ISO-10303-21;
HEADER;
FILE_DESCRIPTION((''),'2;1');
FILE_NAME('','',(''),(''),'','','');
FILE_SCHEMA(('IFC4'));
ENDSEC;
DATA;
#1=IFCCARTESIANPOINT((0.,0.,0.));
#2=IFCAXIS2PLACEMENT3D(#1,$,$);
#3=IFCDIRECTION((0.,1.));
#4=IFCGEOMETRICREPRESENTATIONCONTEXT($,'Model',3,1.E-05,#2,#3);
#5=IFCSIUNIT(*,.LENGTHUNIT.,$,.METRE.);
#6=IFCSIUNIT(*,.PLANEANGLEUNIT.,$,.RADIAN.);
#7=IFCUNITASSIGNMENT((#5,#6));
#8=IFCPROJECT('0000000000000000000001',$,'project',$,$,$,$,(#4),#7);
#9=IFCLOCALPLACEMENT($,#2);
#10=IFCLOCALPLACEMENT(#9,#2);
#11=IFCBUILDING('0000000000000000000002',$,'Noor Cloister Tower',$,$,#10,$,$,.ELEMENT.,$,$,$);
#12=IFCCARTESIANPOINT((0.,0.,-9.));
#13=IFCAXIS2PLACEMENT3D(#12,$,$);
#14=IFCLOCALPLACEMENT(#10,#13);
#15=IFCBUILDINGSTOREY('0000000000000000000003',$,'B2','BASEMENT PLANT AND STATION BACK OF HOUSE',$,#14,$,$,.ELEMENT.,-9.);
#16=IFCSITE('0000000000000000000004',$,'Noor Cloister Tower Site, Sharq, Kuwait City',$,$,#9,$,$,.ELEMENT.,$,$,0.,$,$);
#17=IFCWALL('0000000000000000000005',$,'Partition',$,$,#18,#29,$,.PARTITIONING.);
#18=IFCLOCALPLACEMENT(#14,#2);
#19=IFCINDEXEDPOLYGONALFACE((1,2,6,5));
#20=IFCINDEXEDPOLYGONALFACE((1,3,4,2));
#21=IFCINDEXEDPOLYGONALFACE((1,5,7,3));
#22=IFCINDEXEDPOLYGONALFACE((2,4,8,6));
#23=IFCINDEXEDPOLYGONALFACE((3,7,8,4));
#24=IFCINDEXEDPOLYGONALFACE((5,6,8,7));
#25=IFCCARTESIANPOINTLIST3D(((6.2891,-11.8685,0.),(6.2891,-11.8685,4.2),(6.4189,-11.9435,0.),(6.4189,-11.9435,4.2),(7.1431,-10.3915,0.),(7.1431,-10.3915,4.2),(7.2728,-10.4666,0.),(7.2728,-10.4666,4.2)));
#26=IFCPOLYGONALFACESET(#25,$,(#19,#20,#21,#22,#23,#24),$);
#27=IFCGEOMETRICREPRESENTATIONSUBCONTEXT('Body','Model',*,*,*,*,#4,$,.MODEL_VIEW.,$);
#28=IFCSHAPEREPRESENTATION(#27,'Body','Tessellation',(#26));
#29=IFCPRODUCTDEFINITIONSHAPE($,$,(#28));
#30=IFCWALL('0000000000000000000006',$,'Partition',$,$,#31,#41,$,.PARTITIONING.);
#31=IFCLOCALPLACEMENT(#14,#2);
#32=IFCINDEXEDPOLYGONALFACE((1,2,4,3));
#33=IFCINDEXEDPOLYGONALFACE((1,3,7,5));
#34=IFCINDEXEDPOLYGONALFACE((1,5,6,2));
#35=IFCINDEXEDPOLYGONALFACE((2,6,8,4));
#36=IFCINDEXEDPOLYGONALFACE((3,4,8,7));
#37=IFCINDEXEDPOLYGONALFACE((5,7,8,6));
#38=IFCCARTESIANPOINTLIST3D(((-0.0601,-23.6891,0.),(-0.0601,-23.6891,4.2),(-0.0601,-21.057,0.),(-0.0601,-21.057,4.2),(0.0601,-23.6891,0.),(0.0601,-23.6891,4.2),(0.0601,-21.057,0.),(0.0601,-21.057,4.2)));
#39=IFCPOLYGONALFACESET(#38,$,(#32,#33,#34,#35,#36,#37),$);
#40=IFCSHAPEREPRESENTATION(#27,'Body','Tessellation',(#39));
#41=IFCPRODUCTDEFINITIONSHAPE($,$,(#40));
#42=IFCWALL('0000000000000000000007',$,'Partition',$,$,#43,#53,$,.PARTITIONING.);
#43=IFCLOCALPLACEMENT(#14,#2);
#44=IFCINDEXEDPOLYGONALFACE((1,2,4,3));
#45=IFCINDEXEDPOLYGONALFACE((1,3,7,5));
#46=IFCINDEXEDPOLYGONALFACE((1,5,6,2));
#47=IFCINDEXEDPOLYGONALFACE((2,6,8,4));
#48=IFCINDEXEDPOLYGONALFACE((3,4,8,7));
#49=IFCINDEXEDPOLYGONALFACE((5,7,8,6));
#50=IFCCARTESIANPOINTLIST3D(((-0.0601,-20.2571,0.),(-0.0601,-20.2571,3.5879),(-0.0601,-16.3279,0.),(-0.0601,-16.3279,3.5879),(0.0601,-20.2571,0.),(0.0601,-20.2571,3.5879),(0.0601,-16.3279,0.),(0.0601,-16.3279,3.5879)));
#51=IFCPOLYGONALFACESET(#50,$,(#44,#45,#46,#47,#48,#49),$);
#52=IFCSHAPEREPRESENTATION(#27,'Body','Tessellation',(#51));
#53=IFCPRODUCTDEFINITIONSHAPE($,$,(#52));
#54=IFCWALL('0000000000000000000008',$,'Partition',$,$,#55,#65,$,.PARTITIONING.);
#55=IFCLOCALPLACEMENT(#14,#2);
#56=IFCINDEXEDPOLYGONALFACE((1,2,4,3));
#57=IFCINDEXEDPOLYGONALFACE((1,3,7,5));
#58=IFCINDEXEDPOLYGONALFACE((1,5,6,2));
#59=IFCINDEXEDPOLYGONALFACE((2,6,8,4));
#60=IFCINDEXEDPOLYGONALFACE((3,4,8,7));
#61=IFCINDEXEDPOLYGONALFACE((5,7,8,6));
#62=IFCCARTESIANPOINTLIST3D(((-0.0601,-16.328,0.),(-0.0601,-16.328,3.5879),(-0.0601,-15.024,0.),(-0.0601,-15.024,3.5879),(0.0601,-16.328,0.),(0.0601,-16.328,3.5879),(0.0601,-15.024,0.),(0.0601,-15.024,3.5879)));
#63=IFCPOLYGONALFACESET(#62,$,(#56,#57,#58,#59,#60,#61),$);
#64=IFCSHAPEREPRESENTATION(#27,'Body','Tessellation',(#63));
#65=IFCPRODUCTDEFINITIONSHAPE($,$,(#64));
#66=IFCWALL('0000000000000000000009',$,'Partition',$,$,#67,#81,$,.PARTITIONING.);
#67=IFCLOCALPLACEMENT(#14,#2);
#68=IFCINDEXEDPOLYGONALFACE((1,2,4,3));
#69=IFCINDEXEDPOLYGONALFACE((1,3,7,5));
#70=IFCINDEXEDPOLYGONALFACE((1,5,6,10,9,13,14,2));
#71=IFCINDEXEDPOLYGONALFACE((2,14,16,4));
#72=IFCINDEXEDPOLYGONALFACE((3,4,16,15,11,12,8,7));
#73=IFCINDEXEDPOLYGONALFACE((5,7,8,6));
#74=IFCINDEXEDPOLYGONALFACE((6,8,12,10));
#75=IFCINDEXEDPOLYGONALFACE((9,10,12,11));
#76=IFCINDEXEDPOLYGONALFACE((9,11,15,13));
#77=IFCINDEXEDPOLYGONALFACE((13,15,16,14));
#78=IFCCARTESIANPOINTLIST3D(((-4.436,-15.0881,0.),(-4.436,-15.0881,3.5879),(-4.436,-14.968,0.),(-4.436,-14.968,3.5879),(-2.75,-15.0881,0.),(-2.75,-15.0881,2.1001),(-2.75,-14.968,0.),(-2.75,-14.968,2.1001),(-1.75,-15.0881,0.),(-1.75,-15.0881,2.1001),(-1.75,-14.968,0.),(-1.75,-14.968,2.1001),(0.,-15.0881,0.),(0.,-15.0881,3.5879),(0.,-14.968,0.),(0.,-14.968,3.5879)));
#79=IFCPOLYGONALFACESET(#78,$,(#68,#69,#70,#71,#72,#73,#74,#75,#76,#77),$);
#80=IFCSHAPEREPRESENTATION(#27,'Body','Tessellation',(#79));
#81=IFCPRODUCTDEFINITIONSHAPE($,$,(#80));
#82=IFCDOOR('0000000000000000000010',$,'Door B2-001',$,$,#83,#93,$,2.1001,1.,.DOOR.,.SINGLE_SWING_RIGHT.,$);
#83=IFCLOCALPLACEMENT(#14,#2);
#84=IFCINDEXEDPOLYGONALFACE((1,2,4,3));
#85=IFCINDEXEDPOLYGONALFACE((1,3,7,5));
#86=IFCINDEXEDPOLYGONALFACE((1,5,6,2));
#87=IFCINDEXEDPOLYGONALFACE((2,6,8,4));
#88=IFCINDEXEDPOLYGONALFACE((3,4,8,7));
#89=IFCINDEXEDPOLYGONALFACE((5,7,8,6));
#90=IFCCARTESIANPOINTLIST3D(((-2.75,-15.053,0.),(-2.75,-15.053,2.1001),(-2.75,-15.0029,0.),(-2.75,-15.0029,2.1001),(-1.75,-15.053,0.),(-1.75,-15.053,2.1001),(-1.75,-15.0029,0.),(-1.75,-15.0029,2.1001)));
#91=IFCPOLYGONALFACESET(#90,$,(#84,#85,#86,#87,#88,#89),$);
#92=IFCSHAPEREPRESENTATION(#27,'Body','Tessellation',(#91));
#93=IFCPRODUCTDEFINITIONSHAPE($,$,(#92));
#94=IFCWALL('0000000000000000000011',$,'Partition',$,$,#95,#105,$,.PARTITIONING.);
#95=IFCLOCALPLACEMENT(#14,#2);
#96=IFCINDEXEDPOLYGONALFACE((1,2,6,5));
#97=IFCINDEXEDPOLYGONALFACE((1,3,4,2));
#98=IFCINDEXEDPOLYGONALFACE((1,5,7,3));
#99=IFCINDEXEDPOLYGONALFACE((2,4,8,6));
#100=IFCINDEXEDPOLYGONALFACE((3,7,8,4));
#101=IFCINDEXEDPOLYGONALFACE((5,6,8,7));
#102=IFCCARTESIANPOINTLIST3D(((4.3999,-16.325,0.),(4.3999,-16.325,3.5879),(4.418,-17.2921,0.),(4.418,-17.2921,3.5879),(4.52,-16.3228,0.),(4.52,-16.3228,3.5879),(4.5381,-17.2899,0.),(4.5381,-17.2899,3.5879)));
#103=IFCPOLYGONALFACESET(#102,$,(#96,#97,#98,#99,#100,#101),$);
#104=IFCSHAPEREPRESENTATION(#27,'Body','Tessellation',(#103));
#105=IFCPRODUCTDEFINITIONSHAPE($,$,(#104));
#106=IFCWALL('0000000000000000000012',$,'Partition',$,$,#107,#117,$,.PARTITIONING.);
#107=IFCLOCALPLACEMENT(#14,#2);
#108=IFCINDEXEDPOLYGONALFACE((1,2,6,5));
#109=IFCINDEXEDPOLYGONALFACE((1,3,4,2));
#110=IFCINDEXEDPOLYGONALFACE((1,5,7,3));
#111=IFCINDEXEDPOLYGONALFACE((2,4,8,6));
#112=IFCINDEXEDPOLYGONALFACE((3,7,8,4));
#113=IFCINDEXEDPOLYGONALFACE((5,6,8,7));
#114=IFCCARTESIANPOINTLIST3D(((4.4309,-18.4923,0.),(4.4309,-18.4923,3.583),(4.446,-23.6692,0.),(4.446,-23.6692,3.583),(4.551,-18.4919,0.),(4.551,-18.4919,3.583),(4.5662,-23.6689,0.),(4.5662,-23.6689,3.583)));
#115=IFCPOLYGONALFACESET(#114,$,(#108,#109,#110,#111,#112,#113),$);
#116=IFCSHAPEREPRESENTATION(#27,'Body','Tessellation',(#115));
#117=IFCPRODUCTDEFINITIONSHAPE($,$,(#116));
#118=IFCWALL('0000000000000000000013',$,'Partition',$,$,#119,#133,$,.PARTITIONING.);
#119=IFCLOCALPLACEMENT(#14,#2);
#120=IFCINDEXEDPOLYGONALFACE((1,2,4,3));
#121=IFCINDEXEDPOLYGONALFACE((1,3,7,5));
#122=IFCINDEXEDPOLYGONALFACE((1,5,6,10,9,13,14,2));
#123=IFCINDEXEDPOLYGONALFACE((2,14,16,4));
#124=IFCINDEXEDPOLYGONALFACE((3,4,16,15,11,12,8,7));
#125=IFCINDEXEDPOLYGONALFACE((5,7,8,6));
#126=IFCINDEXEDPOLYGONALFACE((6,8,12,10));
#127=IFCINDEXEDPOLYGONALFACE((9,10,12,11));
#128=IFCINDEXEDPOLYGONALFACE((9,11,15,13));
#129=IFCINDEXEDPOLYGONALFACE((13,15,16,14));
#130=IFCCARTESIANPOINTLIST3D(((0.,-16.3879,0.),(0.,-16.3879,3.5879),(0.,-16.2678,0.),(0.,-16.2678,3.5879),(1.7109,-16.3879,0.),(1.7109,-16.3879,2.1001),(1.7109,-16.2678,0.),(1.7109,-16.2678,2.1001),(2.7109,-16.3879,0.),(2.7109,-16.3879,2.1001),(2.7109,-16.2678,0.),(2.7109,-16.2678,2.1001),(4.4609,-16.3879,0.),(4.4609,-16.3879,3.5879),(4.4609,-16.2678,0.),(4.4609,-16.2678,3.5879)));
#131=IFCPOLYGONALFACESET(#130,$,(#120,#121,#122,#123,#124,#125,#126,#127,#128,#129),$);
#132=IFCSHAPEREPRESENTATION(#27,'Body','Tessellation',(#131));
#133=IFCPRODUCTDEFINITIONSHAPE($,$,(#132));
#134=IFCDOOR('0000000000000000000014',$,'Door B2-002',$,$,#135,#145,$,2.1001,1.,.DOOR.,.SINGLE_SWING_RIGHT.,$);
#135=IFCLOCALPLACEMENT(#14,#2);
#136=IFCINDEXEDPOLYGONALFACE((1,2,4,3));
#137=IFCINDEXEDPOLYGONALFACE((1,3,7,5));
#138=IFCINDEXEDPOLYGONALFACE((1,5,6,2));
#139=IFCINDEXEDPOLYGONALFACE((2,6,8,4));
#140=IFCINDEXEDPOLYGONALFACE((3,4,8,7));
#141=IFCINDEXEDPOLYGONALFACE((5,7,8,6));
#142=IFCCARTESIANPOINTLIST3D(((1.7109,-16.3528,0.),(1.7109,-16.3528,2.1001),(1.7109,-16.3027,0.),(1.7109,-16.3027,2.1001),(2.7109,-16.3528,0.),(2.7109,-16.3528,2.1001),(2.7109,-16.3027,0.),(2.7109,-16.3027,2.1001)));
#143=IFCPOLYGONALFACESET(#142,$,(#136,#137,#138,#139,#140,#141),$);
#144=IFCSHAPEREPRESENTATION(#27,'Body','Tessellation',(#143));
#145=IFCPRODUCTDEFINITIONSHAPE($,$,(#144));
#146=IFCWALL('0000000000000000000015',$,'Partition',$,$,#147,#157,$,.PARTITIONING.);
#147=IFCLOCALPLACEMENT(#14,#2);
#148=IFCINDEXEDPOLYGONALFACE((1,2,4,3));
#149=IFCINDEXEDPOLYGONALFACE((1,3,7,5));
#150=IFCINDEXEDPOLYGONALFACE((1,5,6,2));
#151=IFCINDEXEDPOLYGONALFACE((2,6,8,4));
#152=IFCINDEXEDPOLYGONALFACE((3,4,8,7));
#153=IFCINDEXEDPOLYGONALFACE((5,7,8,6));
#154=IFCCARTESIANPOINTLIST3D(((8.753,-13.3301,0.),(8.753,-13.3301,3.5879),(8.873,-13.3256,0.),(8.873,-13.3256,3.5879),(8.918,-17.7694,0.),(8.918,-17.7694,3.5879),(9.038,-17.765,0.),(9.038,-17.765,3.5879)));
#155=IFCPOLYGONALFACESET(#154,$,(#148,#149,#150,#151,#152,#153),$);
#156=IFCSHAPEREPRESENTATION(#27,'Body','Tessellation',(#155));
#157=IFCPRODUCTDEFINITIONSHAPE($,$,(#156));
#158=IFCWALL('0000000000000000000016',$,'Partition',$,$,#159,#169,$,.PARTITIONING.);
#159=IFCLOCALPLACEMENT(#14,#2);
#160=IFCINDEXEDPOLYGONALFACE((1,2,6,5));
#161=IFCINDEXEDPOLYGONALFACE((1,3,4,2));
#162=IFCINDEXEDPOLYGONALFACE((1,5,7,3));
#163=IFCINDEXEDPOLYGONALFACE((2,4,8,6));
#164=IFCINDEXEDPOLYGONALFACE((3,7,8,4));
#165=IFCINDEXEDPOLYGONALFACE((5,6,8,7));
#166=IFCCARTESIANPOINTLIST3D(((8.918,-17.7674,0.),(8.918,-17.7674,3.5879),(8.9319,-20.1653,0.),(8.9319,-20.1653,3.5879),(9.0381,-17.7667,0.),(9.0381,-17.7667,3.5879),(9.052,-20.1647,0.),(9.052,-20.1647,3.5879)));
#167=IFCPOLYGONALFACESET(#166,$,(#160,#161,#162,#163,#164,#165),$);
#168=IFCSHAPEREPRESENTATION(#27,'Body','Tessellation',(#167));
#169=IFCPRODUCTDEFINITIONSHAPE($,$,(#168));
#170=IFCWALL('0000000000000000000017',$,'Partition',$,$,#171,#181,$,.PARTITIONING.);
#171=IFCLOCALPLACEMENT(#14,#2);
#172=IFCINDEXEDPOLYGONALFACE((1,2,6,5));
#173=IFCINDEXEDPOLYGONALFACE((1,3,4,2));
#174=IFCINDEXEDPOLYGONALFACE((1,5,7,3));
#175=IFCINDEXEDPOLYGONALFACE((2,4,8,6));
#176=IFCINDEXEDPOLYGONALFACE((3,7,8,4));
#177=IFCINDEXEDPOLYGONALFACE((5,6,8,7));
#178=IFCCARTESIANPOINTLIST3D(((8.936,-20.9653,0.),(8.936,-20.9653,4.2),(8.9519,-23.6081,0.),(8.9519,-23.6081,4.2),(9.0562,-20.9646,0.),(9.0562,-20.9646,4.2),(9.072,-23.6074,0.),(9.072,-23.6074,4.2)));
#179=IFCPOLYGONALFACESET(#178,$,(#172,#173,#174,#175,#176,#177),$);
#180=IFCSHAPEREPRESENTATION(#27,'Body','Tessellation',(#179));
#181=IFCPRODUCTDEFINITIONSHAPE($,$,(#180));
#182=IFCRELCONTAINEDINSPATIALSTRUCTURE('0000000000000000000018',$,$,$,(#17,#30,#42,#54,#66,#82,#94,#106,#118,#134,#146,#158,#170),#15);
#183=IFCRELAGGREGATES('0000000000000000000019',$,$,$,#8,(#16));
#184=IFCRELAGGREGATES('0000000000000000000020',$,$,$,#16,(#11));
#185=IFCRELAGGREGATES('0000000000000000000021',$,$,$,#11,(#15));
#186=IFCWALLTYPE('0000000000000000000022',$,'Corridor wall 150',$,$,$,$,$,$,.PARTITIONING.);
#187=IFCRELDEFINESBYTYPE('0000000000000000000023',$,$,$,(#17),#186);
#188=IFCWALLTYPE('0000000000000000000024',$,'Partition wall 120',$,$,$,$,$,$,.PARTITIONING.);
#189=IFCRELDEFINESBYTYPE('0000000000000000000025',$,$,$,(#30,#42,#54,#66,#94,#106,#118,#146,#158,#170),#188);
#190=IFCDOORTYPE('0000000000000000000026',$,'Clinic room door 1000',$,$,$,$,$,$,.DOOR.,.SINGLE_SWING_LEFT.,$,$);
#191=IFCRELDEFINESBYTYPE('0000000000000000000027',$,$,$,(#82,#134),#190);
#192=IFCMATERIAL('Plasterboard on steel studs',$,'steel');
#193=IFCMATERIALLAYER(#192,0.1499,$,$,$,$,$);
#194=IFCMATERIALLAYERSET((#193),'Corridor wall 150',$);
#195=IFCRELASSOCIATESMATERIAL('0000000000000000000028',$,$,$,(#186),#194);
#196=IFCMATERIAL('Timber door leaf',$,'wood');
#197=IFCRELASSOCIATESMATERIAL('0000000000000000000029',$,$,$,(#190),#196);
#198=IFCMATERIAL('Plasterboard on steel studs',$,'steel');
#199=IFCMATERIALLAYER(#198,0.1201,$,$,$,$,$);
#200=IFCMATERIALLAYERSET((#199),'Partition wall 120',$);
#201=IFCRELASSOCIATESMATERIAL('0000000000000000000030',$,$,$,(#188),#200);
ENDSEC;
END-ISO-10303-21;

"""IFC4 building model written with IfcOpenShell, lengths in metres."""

from ifc_helpers import new_model, si_unit, direction, frame, frame_2d, origin, place, context, subcontext, project, spatial, rectangle, extrude, material, layer, layer_set, type_object, element, fill, save


model = new_model("IFC4")

# Units and contexts
model_context = context("Model", 3, precision=1e-05, world=origin(), true_north=direction((0.0, 1.0)))
body_context = subcontext(model_context, "Body", "Model", "MODEL_VIEW")
ifc_project = project(units=[si_unit("LENGTHUNIT", "METRE"), si_unit("PLANEANGLEUNIT", "RADIAN")], contexts=[model_context])

# Site, building, storey
site_placement = place(None, origin())
site = spatial("IfcSite", under=ifc_project, at=site_placement, Name="Noor Cloister Tower Site, Sharq, Kuwait City", CompositionType="ELEMENT", RefElevation=0.0)
building_placement = place(site_placement, origin())
building = spatial("IfcBuilding", under=site, at=building_placement, Name="Noor Cloister Tower", CompositionType="ELEMENT")
storey_placement = place(building_placement, frame((0.0, 0.0, -9.0)))
storey = spatial("IfcBuildingStorey", under=building, at=storey_placement, Name="B2", Description="BASEMENT PLANT AND STATION BACK OF HOUSE", CompositionType="ELEMENT", Elevation=-9.0)

# Shared definitions
ifc_material_1 = material(Name="Plasterboard on steel studs", Category="steel")
ifc_layer_1 = layer(ifc_material_1, 0.1499)
ifc_layer_set_1 = layer_set([ifc_layer_1], Name="Corridor wall 150")
wall_type_1 = type_object("IfcWallType", Name="Corridor wall 150", PredefinedType="PARTITIONING", material=ifc_layer_set_1)
ifc_material_2 = material(Name="Timber door leaf", Category="wood")
door_type = type_object("IfcDoorType", Name="Clinic room door 1000", OperationType="SINGLE_SWING_LEFT", PredefinedType="DOOR", material=ifc_material_2)

# Walls
wall_1_placement = place(storey_placement, frame((6.354, -11.906, 0.0), z_axis=(0.0, 0.0, 1.0), x_axis=(0.50054, 0.865714, 0.0)))
element("IfcWall", 1, at=wall_1_placement, inside=storey, type_object=wall_type_1, Name="Partition", PredefinedType="PARTITIONING", context=body_context, shape_type="SweptSolid", body=[
    extrude(rectangle(XDim=1.7061, YDim=0.1499, at=frame_2d((0.853, 0.0))), origin(), (0.0, 0.0, 1.0), 4.2),
])
ifc_material_3 = material(Name="Plasterboard on steel studs", Category="steel")
ifc_layer_2 = layer(ifc_material_3, 0.1201)
ifc_layer_set_2 = layer_set([ifc_layer_2], Name="Partition wall 120")
wall_type_2 = type_object("IfcWallType", Name="Partition wall 120", PredefinedType="PARTITIONING", material=ifc_layer_set_2)
wall_2_placement = place(storey_placement, frame((0.0, -23.689, 0.0), z_axis=(0.0, 0.0, 1.0), x_axis=(0.0, 1.0, 0.0)))
element("IfcWall", 2, at=wall_2_placement, inside=storey, type_object=wall_type_2, Name="Partition", PredefinedType="PARTITIONING", context=body_context, shape_type="SweptSolid", body=[
    extrude(rectangle(XDim=2.6321, YDim=0.1201, at=frame_2d((1.3159, 0.0))), origin(), (0.0, 0.0, 1.0), 4.2),
])
wall_3_placement = place(storey_placement, frame((0.0, -20.2571, 0.0), z_axis=(0.0, 0.0, 1.0), x_axis=(0.0, 1.0, 0.0)))
element("IfcWall", 3, at=wall_3_placement, inside=storey, type_object=wall_type_2, Name="Partition", PredefinedType="PARTITIONING", context=body_context, shape_type="SweptSolid", body=[
    extrude(rectangle(XDim=3.9292, YDim=0.1201, at=frame_2d((1.9646, 0.0))), origin(), (0.0, 0.0, 1.0), 3.5879),
])
wall_4_placement = place(storey_placement, frame((0.0, -16.3279, 0.0), z_axis=(0.0, 0.0, 1.0), x_axis=(0.0, 1.0, 0.0)))
element("IfcWall", 4, at=wall_4_placement, inside=storey, type_object=wall_type_2, Name="Partition", PredefinedType="PARTITIONING", context=body_context, shape_type="SweptSolid", body=[
    extrude(rectangle(XDim=1.304, YDim=0.1201, at=frame_2d((0.6519, 0.0))), origin(), (0.0, 0.0, 1.0), 3.5879),
])

# Wall, opening, door
wall_5_placement = place(storey_placement, frame((0.0, -15.0281, 0.0), z_axis=(0.0, 0.0, 1.0), x_axis=(-1.0, 0.0, 0.0)))
wall_5 = element("IfcWall", 5, at=wall_5_placement, inside=storey, type_object=wall_type_2, Name="Partition", PredefinedType="PARTITIONING", context=body_context, shape_type="SweptSolid", body=[
    extrude(rectangle(XDim=4.436, YDim=0.1201, at=frame_2d((2.218, 0.0))), origin(), (0.0, 0.0, 1.0), 3.5879),
])
opening_1_placement = place(wall_5_placement, frame((1.75, 0.0, 0.0)))
opening_1 = element("IfcOpeningElement", 6, at=opening_1_placement, cuts=wall_5, PredefinedType="OPENING", context=body_context, shape_type="SweptSolid", body=[
    extrude(rectangle(XDim=1.0, YDim=2.1001, at=frame_2d((0.5, 1.05))), frame((0.0, 0.0701, 0.0), z_axis=(0.0, -1.0, 0.0), x_axis=(1.0, 0.0, 0.0)), (0.0, 0.0, 1.0), 0.1401),
])
door_1_placement = place(opening_1_placement, origin())
door_1 = element("IfcDoor", 7, at=door_1_placement, inside=storey, type_object=door_type, Name="Door B2-001", OperationType="SINGLE_SWING_RIGHT", OverallHeight=2.1001, OverallWidth=1.0, PredefinedType="DOOR", context=body_context, shape_type="SweptSolid", body=[
    extrude(rectangle(XDim=1.0, YDim=2.1001, at=frame_2d((0.5, 1.05))), frame((0.0, 0.0249, 0.0), z_axis=(0.0, -1.0, 0.0), x_axis=(1.0, 0.0, 0.0)), (0.0, 0.0, 1.0), 0.05),
])
fill(opening_1, door_1)

# Walls
wall_6_placement = place(storey_placement, frame((4.478, -17.291, 0.0), z_axis=(0.0, 0.0, 1.0), x_axis=(-0.018679, 0.999826, 0.0)))
element("IfcWall", 8, at=wall_6_placement, inside=storey, type_object=wall_type_2, Name="Partition", PredefinedType="PARTITIONING", context=body_context, shape_type="SweptSolid", body=[
    extrude(rectangle(XDim=0.9673, YDim=0.1201, at=frame_2d((0.4836, 0.0))), origin(), (0.0, 0.0, 1.0), 3.5879),
])
wall_7_placement = place(storey_placement, frame((4.5061, -23.6689, 0.0), z_axis=(0.0, 0.0, 1.0), x_axis=(-0.002924, 0.999996, 0.0)))
element("IfcWall", 9, at=wall_7_placement, inside=storey, type_object=wall_type_2, Name="Partition", PredefinedType="PARTITIONING", context=body_context, shape_type="SweptSolid", body=[
    extrude(rectangle(XDim=5.177, YDim=0.1201, at=frame_2d((2.5884, 0.0))), origin(), (0.0, 0.0, 1.0), 3.583),
])

# Wall, opening, door
wall_8_placement = place(storey_placement, frame((4.4609, -16.3279, 0.0), z_axis=(0.0, 0.0, 1.0), x_axis=(-1.0, 0.0, 0.0)))
wall_8 = element("IfcWall", 10, at=wall_8_placement, inside=storey, type_object=wall_type_2, Name="Partition", PredefinedType="PARTITIONING", context=body_context, shape_type="SweptSolid", body=[
    extrude(rectangle(XDim=4.4609, YDim=0.1201, at=frame_2d((2.2305, 0.0))), origin(), (0.0, 0.0, 1.0), 3.5879),
])
opening_2_placement = place(wall_8_placement, frame((1.75, 0.0, 0.0)))
opening_2 = element("IfcOpeningElement", 11, at=opening_2_placement, cuts=wall_8, PredefinedType="OPENING", context=body_context, shape_type="SweptSolid", body=[
    extrude(rectangle(XDim=1.0, YDim=2.1001, at=frame_2d((0.5, 1.05))), frame((0.0, 0.0701, 0.0), z_axis=(0.0, -1.0, 0.0), x_axis=(1.0, 0.0, 0.0)), (0.0, 0.0, 1.0), 0.1401),
])
door_2_placement = place(opening_2_placement, origin())
door_2 = element("IfcDoor", 12, at=door_2_placement, inside=storey, type_object=door_type, Name="Door B2-002", OperationType="SINGLE_SWING_RIGHT", OverallHeight=2.1001, OverallWidth=1.0, PredefinedType="DOOR", context=body_context, shape_type="SweptSolid", body=[
    extrude(rectangle(XDim=1.0, YDim=2.1001, at=frame_2d((0.5, 1.05))), frame((0.0, 0.0249, 0.0), z_axis=(0.0, -1.0, 0.0), x_axis=(1.0, 0.0, 0.0)), (0.0, 0.0, 1.0), 0.05),
])
fill(opening_2, door_2)

# Walls
wall_9_placement = place(storey_placement, frame((8.813, -13.3279, 0.0), z_axis=(0.0, 0.0, 1.0), x_axis=(0.037152, -0.99931, 0.0)))
element("IfcWall", 13, at=wall_9_placement, inside=storey, type_object=wall_type_2, Name="Partition", PredefinedType="PARTITIONING", context=body_context, shape_type="SweptSolid", body=[
    extrude(rectangle(XDim=4.4424, YDim=0.1201, at=frame_2d((2.2212, 0.0))), origin(), (0.0, 0.0, 1.0), 3.5879),
])
wall_10_placement = place(storey_placement, frame((8.978, -17.7671, 0.0), z_axis=(0.0, 0.0, 1.0), x_axis=(0.005803, -0.999983, 0.0)))
element("IfcWall", 14, at=wall_10_placement, inside=storey, type_object=wall_type_2, Name="Partition", PredefinedType="PARTITIONING", context=body_context, shape_type="SweptSolid", body=[
    extrude(rectangle(XDim=2.3979, YDim=0.1201, at=frame_2d((1.199, 0.0))), origin(), (0.0, 0.0, 1.0), 3.5879),
])
wall_11_placement = place(storey_placement, frame((8.9961, -20.9651, 0.0), z_axis=(0.0, 0.0, 1.0), x_axis=(0.006005, -0.999982, 0.0)))
element("IfcWall", 15, at=wall_11_placement, inside=storey, type_object=wall_type_2, Name="Partition", PredefinedType="PARTITIONING", context=body_context, shape_type="SweptSolid", body=[
    extrude(rectangle(XDim=2.6428, YDim=0.1201, at=frame_2d((1.3213, 0.0))), origin(), (0.0, 0.0, 1.0), 4.2),
])

save(model, "model.ifc")
